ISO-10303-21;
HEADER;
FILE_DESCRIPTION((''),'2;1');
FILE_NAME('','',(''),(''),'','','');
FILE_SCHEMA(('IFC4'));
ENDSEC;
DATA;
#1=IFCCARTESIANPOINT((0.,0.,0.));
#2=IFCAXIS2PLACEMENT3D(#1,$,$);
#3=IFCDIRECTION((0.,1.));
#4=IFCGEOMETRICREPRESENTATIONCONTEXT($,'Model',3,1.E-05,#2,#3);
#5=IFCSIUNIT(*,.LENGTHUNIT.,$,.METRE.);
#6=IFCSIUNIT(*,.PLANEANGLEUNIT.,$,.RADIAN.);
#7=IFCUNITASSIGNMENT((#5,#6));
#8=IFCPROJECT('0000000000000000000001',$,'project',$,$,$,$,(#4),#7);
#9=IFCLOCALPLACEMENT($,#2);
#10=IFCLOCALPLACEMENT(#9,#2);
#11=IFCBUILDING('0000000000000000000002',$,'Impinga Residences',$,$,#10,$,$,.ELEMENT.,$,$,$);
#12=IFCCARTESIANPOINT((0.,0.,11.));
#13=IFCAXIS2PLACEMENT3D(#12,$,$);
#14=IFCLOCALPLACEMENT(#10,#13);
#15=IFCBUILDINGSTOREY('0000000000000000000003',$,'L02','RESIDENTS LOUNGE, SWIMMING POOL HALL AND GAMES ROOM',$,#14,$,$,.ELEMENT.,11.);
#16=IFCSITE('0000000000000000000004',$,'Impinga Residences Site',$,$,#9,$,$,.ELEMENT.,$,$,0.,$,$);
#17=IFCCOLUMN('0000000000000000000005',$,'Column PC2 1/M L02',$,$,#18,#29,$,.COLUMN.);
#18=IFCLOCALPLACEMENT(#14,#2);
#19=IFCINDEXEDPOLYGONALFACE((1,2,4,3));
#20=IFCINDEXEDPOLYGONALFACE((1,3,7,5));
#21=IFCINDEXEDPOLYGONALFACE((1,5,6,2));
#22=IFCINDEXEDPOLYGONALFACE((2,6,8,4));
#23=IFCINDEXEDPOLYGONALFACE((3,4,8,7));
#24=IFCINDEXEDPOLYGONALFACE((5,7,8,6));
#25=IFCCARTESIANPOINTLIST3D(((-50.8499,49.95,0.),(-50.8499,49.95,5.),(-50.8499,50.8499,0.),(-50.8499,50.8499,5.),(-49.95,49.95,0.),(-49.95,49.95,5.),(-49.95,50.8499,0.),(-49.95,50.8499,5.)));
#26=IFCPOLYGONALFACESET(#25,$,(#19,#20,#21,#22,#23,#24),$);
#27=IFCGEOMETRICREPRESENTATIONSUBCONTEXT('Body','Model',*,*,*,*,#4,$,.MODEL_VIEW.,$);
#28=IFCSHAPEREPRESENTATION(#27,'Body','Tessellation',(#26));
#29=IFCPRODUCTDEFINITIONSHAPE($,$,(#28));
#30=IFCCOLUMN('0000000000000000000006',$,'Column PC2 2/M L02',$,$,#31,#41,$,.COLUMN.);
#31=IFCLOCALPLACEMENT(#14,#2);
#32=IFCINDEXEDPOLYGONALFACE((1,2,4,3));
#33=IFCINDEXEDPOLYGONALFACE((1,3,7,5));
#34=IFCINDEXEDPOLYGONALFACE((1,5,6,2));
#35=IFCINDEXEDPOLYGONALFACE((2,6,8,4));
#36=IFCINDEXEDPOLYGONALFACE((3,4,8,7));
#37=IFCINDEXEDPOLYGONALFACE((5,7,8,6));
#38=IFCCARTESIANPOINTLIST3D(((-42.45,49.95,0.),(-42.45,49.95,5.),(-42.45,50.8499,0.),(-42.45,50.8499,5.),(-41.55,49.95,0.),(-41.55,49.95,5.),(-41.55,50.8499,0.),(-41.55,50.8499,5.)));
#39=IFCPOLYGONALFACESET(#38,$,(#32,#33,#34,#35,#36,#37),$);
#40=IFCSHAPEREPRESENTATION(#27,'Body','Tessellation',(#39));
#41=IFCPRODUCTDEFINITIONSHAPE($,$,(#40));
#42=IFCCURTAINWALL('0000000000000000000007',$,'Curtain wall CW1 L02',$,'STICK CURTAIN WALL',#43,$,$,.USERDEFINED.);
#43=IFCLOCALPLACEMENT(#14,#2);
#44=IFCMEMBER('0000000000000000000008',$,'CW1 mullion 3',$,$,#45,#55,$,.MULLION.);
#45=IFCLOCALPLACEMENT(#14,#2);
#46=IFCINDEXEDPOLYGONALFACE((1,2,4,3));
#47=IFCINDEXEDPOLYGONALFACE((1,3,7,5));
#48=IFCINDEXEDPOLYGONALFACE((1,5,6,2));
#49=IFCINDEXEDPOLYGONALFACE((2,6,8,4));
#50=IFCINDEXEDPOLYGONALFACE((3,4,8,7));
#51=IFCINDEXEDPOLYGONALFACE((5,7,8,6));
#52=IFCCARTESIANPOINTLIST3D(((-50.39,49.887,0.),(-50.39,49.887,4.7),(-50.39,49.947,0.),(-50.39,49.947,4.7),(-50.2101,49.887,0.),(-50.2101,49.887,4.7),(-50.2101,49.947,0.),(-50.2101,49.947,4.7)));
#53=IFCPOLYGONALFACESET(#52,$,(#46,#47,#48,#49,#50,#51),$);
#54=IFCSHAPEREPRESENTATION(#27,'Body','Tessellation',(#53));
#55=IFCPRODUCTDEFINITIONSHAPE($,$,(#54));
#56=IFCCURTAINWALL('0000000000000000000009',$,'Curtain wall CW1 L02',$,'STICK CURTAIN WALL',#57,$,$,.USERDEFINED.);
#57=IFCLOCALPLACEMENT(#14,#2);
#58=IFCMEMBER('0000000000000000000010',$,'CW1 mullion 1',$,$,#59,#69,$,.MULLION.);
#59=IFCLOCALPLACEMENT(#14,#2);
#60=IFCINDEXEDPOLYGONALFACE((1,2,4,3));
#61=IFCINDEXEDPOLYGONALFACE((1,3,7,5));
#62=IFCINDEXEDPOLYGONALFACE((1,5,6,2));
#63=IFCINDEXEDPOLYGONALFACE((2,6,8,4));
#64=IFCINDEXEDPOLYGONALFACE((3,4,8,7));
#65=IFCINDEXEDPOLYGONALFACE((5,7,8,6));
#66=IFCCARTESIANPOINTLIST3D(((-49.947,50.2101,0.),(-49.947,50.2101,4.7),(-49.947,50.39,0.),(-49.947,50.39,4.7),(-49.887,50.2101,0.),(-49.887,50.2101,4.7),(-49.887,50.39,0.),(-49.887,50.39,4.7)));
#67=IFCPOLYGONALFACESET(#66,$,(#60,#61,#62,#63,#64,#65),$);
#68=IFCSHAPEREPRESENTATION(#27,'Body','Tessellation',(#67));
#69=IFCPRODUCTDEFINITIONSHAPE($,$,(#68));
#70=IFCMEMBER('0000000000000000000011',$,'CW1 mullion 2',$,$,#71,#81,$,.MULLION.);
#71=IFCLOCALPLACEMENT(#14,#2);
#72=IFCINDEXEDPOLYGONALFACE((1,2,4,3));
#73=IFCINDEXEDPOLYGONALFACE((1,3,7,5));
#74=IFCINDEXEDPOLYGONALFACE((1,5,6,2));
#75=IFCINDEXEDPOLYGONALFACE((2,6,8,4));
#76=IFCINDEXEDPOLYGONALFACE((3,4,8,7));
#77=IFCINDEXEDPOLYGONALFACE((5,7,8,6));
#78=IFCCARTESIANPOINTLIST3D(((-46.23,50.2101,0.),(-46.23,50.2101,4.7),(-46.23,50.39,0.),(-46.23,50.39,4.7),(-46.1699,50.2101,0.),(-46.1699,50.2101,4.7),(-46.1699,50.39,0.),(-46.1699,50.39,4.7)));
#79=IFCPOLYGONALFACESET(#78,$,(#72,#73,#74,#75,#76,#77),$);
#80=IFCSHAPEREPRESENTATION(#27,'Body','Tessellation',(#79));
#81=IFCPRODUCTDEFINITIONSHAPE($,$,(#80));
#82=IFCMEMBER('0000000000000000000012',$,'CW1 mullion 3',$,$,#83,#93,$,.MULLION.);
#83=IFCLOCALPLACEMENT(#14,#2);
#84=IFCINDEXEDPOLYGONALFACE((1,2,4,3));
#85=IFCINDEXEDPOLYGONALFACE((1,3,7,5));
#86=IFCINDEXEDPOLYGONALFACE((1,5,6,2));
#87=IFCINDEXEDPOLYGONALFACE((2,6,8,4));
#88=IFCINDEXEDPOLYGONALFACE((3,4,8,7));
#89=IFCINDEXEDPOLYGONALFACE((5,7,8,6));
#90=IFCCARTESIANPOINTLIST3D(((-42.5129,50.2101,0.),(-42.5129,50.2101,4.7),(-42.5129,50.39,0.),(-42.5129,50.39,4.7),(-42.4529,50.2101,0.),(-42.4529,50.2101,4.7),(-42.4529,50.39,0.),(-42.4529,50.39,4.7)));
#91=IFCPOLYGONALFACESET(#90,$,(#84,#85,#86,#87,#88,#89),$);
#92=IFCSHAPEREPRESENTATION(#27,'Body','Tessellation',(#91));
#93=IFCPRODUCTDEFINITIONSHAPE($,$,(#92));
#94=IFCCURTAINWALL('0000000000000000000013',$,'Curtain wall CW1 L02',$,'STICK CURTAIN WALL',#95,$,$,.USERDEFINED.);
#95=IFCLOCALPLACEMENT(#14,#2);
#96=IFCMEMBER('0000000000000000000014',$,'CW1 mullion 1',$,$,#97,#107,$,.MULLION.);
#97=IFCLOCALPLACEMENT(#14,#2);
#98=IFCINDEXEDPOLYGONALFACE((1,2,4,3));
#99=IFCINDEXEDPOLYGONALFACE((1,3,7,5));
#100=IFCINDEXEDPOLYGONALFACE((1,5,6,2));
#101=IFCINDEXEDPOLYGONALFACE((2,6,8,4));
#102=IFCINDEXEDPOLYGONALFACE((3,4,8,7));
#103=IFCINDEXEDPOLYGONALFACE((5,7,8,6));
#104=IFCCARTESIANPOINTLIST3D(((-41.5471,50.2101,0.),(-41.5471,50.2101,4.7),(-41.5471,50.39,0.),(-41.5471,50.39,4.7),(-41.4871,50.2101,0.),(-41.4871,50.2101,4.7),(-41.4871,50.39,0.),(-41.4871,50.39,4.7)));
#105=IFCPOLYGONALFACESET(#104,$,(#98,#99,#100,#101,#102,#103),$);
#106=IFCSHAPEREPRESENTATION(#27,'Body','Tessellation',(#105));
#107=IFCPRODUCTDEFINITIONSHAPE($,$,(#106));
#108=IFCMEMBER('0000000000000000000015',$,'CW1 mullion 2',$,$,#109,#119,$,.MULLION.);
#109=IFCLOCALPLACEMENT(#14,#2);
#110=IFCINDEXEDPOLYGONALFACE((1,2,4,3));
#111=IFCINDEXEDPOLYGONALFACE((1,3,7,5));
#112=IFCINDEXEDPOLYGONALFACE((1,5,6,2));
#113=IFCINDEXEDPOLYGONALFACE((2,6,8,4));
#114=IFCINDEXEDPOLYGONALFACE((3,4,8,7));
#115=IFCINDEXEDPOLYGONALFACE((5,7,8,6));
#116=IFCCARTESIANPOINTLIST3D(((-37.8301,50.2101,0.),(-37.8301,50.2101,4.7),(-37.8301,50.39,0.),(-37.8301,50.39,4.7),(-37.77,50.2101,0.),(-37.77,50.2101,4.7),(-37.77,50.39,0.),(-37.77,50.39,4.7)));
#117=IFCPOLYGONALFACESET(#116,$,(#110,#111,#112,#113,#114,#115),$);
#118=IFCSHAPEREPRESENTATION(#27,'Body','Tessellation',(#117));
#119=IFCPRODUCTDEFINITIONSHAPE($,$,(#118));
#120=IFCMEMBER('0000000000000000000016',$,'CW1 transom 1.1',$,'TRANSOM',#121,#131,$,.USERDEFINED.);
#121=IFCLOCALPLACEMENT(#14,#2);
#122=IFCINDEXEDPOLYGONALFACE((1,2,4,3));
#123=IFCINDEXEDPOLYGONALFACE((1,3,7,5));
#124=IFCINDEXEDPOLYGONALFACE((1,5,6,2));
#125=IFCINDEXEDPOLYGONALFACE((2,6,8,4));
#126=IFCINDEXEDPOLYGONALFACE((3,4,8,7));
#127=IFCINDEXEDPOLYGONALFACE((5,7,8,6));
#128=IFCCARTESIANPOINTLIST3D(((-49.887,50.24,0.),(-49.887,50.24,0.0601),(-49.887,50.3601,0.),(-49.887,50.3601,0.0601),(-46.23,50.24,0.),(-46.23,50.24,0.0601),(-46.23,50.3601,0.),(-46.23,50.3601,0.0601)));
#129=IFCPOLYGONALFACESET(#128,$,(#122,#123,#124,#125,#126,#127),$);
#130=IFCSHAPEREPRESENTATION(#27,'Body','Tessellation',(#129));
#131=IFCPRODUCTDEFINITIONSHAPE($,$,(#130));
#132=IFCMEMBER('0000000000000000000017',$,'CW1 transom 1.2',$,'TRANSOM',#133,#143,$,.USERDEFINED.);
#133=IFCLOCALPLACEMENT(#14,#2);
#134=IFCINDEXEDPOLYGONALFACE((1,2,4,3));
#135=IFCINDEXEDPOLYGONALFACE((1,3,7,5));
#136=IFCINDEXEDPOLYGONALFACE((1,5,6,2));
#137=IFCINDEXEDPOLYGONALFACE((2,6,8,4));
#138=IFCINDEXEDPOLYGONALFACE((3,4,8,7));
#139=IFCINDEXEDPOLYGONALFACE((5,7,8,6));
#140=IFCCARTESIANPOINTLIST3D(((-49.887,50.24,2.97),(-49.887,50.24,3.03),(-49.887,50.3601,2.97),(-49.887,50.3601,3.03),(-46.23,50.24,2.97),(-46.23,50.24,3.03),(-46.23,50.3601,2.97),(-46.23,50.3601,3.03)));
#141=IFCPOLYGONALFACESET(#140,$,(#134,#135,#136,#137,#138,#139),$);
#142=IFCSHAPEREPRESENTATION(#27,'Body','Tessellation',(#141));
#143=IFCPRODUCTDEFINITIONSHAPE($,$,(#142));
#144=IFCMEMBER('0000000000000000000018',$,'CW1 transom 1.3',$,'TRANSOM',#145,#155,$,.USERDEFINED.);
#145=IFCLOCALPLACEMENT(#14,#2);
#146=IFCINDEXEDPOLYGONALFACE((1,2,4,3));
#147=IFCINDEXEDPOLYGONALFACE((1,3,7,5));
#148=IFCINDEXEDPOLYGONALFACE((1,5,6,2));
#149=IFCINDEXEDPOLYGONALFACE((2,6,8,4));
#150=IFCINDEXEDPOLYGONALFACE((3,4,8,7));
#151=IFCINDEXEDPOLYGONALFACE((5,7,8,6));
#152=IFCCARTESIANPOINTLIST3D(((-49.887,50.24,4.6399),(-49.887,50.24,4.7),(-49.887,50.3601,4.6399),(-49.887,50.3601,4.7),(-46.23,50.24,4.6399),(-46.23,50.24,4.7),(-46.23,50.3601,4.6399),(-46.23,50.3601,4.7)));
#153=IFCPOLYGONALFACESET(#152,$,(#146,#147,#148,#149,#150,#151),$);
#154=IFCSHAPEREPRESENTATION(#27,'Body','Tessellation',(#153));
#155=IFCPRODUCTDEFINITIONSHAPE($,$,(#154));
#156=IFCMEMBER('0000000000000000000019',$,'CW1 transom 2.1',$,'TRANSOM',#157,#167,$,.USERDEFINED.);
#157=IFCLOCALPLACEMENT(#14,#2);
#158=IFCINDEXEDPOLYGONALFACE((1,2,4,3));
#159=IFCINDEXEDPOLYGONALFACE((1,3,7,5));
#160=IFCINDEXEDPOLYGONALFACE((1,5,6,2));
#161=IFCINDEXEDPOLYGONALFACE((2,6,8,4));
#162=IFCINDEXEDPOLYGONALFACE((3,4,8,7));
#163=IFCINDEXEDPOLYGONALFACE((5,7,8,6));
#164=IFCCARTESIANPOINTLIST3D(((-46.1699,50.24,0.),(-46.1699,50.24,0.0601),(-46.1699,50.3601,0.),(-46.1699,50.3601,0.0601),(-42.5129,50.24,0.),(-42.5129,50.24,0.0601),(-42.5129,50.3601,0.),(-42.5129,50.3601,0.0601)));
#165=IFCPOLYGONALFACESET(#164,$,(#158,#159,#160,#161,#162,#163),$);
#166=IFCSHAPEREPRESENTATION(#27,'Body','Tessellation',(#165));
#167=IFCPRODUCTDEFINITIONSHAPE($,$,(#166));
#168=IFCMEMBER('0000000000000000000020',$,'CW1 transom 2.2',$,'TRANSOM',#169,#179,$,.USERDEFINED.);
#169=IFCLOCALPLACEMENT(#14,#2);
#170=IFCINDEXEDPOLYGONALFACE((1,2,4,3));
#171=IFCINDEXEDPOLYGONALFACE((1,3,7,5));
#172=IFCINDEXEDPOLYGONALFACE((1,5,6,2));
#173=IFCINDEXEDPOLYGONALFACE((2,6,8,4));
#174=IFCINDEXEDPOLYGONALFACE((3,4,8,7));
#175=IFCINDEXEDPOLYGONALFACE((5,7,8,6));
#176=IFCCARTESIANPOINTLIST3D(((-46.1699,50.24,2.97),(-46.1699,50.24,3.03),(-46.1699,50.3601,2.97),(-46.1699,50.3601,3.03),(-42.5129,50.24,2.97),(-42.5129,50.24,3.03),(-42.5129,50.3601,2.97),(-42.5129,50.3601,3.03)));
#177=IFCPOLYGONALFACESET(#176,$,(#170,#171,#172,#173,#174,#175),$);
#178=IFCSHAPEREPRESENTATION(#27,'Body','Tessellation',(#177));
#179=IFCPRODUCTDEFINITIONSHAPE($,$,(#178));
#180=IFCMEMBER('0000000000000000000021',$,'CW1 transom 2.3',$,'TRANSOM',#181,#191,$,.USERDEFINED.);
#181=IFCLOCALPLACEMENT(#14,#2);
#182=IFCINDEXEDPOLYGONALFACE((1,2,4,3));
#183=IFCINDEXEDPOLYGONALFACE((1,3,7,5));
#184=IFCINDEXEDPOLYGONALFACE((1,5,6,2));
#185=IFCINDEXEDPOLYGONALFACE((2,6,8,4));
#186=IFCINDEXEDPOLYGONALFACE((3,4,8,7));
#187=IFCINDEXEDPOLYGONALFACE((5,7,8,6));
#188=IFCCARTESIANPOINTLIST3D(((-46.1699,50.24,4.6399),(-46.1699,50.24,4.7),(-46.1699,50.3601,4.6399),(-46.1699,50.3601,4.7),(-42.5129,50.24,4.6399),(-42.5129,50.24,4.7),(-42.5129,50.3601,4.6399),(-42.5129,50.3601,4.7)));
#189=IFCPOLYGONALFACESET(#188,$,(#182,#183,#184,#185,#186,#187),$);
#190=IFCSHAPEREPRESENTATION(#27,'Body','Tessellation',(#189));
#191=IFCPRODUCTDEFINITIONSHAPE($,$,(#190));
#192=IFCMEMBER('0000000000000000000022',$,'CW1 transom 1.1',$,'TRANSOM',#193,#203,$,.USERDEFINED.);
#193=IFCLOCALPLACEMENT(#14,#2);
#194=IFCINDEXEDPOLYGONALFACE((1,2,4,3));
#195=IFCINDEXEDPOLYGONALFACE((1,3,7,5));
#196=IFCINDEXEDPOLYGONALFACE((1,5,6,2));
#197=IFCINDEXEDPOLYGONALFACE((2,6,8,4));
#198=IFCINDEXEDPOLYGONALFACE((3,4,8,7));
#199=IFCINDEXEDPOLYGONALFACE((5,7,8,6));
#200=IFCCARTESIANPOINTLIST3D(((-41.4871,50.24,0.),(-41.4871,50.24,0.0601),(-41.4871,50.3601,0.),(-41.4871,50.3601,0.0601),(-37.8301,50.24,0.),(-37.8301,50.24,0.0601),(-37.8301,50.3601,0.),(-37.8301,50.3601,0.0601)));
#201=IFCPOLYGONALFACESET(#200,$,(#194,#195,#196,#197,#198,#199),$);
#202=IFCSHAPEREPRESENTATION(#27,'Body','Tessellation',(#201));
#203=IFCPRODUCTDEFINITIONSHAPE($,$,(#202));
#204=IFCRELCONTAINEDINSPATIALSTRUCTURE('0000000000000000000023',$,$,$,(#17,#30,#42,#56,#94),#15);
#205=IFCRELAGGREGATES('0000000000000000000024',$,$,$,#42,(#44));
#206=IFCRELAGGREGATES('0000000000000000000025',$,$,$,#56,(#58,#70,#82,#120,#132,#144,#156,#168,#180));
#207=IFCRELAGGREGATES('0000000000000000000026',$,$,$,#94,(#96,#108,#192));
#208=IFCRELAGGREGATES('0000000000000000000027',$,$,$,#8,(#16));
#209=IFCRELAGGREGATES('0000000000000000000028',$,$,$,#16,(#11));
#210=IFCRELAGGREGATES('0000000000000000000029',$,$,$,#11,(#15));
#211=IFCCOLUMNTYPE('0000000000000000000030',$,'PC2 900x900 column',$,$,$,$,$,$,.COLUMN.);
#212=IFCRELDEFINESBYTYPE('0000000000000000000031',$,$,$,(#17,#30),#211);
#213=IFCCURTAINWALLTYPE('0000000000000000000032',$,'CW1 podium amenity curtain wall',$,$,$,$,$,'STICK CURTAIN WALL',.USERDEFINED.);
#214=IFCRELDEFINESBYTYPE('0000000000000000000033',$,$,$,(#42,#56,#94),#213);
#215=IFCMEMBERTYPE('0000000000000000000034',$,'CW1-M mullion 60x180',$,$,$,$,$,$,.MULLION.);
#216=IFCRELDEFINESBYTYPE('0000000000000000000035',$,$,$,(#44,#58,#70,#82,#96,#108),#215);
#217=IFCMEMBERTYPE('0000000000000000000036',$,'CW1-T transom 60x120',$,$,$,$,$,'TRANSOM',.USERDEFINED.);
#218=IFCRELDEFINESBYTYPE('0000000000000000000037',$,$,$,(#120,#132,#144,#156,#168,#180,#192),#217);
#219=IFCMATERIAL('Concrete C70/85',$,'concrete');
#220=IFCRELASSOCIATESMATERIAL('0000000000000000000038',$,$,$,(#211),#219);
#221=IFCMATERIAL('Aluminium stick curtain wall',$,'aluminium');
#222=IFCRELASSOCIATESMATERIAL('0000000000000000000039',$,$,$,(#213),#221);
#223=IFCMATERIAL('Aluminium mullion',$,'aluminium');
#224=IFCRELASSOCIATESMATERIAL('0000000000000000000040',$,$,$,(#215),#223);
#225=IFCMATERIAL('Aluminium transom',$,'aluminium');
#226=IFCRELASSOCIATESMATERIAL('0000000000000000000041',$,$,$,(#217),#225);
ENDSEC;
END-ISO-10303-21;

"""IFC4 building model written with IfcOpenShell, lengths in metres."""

from ifc_helpers import new_model, si_unit, direction, frame, origin, origin_2d, place, context, subcontext, project, spatial, rectangle, extrude, material, material_profile, profile_set, type_object, element, aggregate, save


model = new_model("IFC4")

# Units and contexts
model_context = context("Model", 3, precision=1e-05, world=origin(), true_north=direction((0.0, 1.0)))
body_context = subcontext(model_context, "Body", "Model", "MODEL_VIEW")
ifc_project = project(units=[si_unit("LENGTHUNIT", "METRE"), si_unit("PLANEANGLEUNIT", "RADIAN")], contexts=[model_context])

# Site, building, storey
site_placement = place(None, origin())
site = spatial("IfcSite", under=ifc_project, at=site_placement, Name="Impinga Residences Site", CompositionType="ELEMENT", RefElevation=0.0)
building_placement = place(site_placement, origin())
building = spatial("IfcBuilding", under=site, at=building_placement, Name="Impinga Residences", CompositionType="ELEMENT")
storey_placement = place(building_placement, frame((0.0, 0.0, 11.0)))
storey = spatial("IfcBuildingStorey", under=building, at=storey_placement, Name="L02", Description="RESIDENTS LOUNGE, SWIMMING POOL HALL AND GAMES ROOM", CompositionType="ELEMENT", Elevation=11.0)

# Columns
ifc_material_1 = material(Name="Concrete C70/85", Category="concrete")
ifc_material_profile_1 = material_profile(ifc_material_1, rectangle(XDim=0.8999, YDim=0.8999, at=origin_2d()), Name="RC 900x900")
ifc_profile_set_1 = profile_set([ifc_material_profile_1], Name="Concrete C70/85")
column_type = type_object("IfcColumnType", Name="PC2 900x900 column", PredefinedType="COLUMN", material=ifc_profile_set_1)
for number, where, z_axis, x_axis, name in (
    (1, (-50.3999, 50.3999, 0.0), (0.0, 0.0, 1.0), (1.0, 0.0, 0.0), "Column PC2 1/M L02"),
    (2, (-42.0, 50.3999, 0.0), (0.0, 0.0, 1.0), (1.0, 0.0, 0.0), "Column PC2 2/M L02"),
):
    element("IfcColumn", number, at=place(storey_placement, frame(where, z_axis=z_axis, x_axis=x_axis)), inside=storey, type_object=column_type, Name=name, PredefinedType="COLUMN", context=body_context, shape_type="SweptSolid", body=[
        extrude(rectangle(XDim=0.8999, YDim=0.8999, at=origin_2d()), origin(), (0.0, 0.0, 1.0), 5.0),
    ])

# Curtain wall, member
ifc_material_2 = material(Name="Aluminium stick curtain wall", Category="aluminium")
curtain_wall_type = type_object("IfcCurtainWallType", Name="CW1 podium amenity curtain wall", ElementType="STICK CURTAIN WALL", PredefinedType="USERDEFINED", material=ifc_material_2)
curtain_wall_1_placement = place(storey_placement, origin())
curtain_wall_1 = element("IfcCurtainWall", 3, at=curtain_wall_1_placement, inside=storey, type_object=curtain_wall_type, Name="Curtain wall CW1 L02", ObjectType="STICK CURTAIN WALL", PredefinedType="USERDEFINED")
ifc_material_3 = material(Name="Aluminium mullion", Category="aluminium")
ifc_material_profile_2 = material_profile(ifc_material_3, rectangle(XDim=0.0601, YDim=0.1799, at=origin_2d()), Name="60x180 mullion")
ifc_profile_set_2 = profile_set([ifc_material_profile_2], Name="Aluminium mullion")
member_type_1 = type_object("IfcMemberType", Name="CW1-M mullion 60x180", PredefinedType="MULLION", material=ifc_profile_set_2)
member_1_placement = place(storey_placement, frame((-50.3, 49.917, 0.0), z_axis=(0.0, 0.0, 1.0), x_axis=(0.0, 1.0, 0.0)))
member_1 = element("IfcMember", 4, at=member_1_placement, type_object=member_type_1, Name="CW1 mullion 3", PredefinedType="MULLION", context=body_context, shape_type="SweptSolid", body=[
    extrude(rectangle(XDim=0.0601, YDim=0.1799, at=origin_2d()), origin(), (0.0, 0.0, 1.0), 4.7),
])

# Curtain walls, members
curtain_wall_2_placement = place(storey_placement, origin())
curtain_wall_2 = element("IfcCurtainWall", 5, at=curtain_wall_2_placement, inside=storey, type_object=curtain_wall_type, Name="Curtain wall CW1 L02", ObjectType="STICK CURTAIN WALL", PredefinedType="USERDEFINED")
member_2_placement = place(storey_placement, frame((-49.917, 50.3, 0.0), z_axis=(0.0, 0.0, 1.0), x_axis=(1.0, 0.0, 0.0)))
member_2 = element("IfcMember", 6, at=member_2_placement, type_object=member_type_1, Name="CW1 mullion 1", PredefinedType="MULLION", context=body_context, shape_type="SweptSolid", body=[
    extrude(rectangle(XDim=0.0601, YDim=0.1799, at=origin_2d()), origin(), (0.0, 0.0, 1.0), 4.7),
])
member_3_placement = place(storey_placement, frame((-46.2, 50.3, 0.0), z_axis=(0.0, 0.0, 1.0), x_axis=(1.0, 0.0, 0.0)))
member_3 = element("IfcMember", 7, at=member_3_placement, type_object=member_type_1, Name="CW1 mullion 2", PredefinedType="MULLION", context=body_context, shape_type="SweptSolid", body=[
    extrude(rectangle(XDim=0.0601, YDim=0.1799, at=origin_2d()), origin(), (0.0, 0.0, 1.0), 4.7),
])
member_4_placement = place(storey_placement, frame((-42.4829, 50.3, 0.0), z_axis=(0.0, 0.0, 1.0), x_axis=(1.0, 0.0, 0.0)))
member_4 = element("IfcMember", 8, at=member_4_placement, type_object=member_type_1, Name="CW1 mullion 3", PredefinedType="MULLION", context=body_context, shape_type="SweptSolid", body=[
    extrude(rectangle(XDim=0.0601, YDim=0.1799, at=origin_2d()), origin(), (0.0, 0.0, 1.0), 4.7),
])
curtain_wall_3_placement = place(storey_placement, origin())
curtain_wall_3 = element("IfcCurtainWall", 9, at=curtain_wall_3_placement, inside=storey, type_object=curtain_wall_type, Name="Curtain wall CW1 L02", ObjectType="STICK CURTAIN WALL", PredefinedType="USERDEFINED")
member_5_placement = place(storey_placement, frame((-41.5171, 50.3, 0.0), z_axis=(0.0, 0.0, 1.0), x_axis=(1.0, 0.0, 0.0)))
member_5 = element("IfcMember", 10, at=member_5_placement, type_object=member_type_1, Name="CW1 mullion 1", PredefinedType="MULLION", context=body_context, shape_type="SweptSolid", body=[
    extrude(rectangle(XDim=0.0601, YDim=0.1799, at=origin_2d()), origin(), (0.0, 0.0, 1.0), 4.7),
])
member_6_placement = place(storey_placement, frame((-37.8, 50.3, 0.0), z_axis=(0.0, 0.0, 1.0), x_axis=(1.0, 0.0, 0.0)))
member_6 = element("IfcMember", 11, at=member_6_placement, type_object=member_type_1, Name="CW1 mullion 2", PredefinedType="MULLION", context=body_context, shape_type="SweptSolid", body=[
    extrude(rectangle(XDim=0.0601, YDim=0.1799, at=origin_2d()), origin(), (0.0, 0.0, 1.0), 4.7),
])

# Members
ifc_material_4 = material(Name="Aluminium transom", Category="aluminium")
ifc_material_profile_3 = material_profile(ifc_material_4, rectangle(XDim=0.0601, YDim=0.1201, at=origin_2d()), Name="60x120 transom")
ifc_profile_set_3 = profile_set([ifc_material_profile_3], Name="Aluminium transom")
member_type_2 = type_object("IfcMemberType", Name="CW1-T transom 60x120", ElementType="TRANSOM", PredefinedType="USERDEFINED", material=ifc_profile_set_3)
member_7_placement = place(storey_placement, frame((-49.887, 50.3, 0.03), z_axis=(1.0, 0.0, 0.0), x_axis=(0.0, 0.0, 1.0)))
member_7 = element("IfcMember", 12, at=member_7_placement, type_object=member_type_2, Name="CW1 transom 1.1", ObjectType="TRANSOM", PredefinedType="USERDEFINED", context=body_context, shape_type="SweptSolid", body=[
    extrude(rectangle(XDim=0.0601, YDim=0.1201, at=origin_2d()), origin(), (0.0, 0.0, 1.0), 3.657),
])
member_8_placement = place(storey_placement, frame((-49.887, 50.3, 3.0), z_axis=(1.0, 0.0, 0.0), x_axis=(0.0, 0.0, 1.0)))
member_8 = element("IfcMember", 13, at=member_8_placement, type_object=member_type_2, Name="CW1 transom 1.2", ObjectType="TRANSOM", PredefinedType="USERDEFINED", context=body_context, shape_type="SweptSolid", body=[
    extrude(rectangle(XDim=0.0601, YDim=0.1201, at=origin_2d()), origin(), (0.0, 0.0, 1.0), 3.657),
])
member_9_placement = place(storey_placement, frame((-49.887, 50.3, 4.6699), z_axis=(1.0, 0.0, 0.0), x_axis=(0.0, 0.0, 1.0)))
member_9 = element("IfcMember", 14, at=member_9_placement, type_object=member_type_2, Name="CW1 transom 1.3", ObjectType="TRANSOM", PredefinedType="USERDEFINED", context=body_context, shape_type="SweptSolid", body=[
    extrude(rectangle(XDim=0.0601, YDim=0.1201, at=origin_2d()), origin(), (0.0, 0.0, 1.0), 3.657),
])
member_10_placement = place(storey_placement, frame((-46.1699, 50.3, 0.03), z_axis=(1.0, 0.0, 0.0), x_axis=(0.0, 0.0, 1.0)))
member_10 = element("IfcMember", 15, at=member_10_placement, type_object=member_type_2, Name="CW1 transom 2.1", ObjectType="TRANSOM", PredefinedType="USERDEFINED", context=body_context, shape_type="SweptSolid", body=[
    extrude(rectangle(XDim=0.0601, YDim=0.1201, at=origin_2d()), origin(), (0.0, 0.0, 1.0), 3.657),
])
member_11_placement = place(storey_placement, frame((-46.1699, 50.3, 3.0), z_axis=(1.0, 0.0, 0.0), x_axis=(0.0, 0.0, 1.0)))
member_11 = element("IfcMember", 16, at=member_11_placement, type_object=member_type_2, Name="CW1 transom 2.2", ObjectType="TRANSOM", PredefinedType="USERDEFINED", context=body_context, shape_type="SweptSolid", body=[
    extrude(rectangle(XDim=0.0601, YDim=0.1201, at=origin_2d()), origin(), (0.0, 0.0, 1.0), 3.657),
])
member_12_placement = place(storey_placement, frame((-46.1699, 50.3, 4.6699), z_axis=(1.0, 0.0, 0.0), x_axis=(0.0, 0.0, 1.0)))
member_12 = element("IfcMember", 17, at=member_12_placement, type_object=member_type_2, Name="CW1 transom 2.3", ObjectType="TRANSOM", PredefinedType="USERDEFINED", context=body_context, shape_type="SweptSolid", body=[
    extrude(rectangle(XDim=0.0601, YDim=0.1201, at=origin_2d()), origin(), (0.0, 0.0, 1.0), 3.657),
])
member_13_placement = place(storey_placement, frame((-41.4871, 50.3, 0.03), z_axis=(1.0, 0.0, 0.0), x_axis=(0.0, 0.0, 1.0)))
member_13 = element("IfcMember", 18, at=member_13_placement, type_object=member_type_2, Name="CW1 transom 1.1", ObjectType="TRANSOM", PredefinedType="USERDEFINED", context=body_context, shape_type="SweptSolid", body=[
    extrude(rectangle(XDim=0.0601, YDim=0.1201, at=origin_2d()), origin(), (0.0, 0.0, 1.0), 3.657),
])

aggregate(curtain_wall_1, [member_1])
aggregate(curtain_wall_2, [member_2, member_3, member_4, member_7, member_8, member_9, member_10, member_11, member_12])
aggregate(curtain_wall_3, [member_5, member_6, member_13])

save(model, "model.ifc")
